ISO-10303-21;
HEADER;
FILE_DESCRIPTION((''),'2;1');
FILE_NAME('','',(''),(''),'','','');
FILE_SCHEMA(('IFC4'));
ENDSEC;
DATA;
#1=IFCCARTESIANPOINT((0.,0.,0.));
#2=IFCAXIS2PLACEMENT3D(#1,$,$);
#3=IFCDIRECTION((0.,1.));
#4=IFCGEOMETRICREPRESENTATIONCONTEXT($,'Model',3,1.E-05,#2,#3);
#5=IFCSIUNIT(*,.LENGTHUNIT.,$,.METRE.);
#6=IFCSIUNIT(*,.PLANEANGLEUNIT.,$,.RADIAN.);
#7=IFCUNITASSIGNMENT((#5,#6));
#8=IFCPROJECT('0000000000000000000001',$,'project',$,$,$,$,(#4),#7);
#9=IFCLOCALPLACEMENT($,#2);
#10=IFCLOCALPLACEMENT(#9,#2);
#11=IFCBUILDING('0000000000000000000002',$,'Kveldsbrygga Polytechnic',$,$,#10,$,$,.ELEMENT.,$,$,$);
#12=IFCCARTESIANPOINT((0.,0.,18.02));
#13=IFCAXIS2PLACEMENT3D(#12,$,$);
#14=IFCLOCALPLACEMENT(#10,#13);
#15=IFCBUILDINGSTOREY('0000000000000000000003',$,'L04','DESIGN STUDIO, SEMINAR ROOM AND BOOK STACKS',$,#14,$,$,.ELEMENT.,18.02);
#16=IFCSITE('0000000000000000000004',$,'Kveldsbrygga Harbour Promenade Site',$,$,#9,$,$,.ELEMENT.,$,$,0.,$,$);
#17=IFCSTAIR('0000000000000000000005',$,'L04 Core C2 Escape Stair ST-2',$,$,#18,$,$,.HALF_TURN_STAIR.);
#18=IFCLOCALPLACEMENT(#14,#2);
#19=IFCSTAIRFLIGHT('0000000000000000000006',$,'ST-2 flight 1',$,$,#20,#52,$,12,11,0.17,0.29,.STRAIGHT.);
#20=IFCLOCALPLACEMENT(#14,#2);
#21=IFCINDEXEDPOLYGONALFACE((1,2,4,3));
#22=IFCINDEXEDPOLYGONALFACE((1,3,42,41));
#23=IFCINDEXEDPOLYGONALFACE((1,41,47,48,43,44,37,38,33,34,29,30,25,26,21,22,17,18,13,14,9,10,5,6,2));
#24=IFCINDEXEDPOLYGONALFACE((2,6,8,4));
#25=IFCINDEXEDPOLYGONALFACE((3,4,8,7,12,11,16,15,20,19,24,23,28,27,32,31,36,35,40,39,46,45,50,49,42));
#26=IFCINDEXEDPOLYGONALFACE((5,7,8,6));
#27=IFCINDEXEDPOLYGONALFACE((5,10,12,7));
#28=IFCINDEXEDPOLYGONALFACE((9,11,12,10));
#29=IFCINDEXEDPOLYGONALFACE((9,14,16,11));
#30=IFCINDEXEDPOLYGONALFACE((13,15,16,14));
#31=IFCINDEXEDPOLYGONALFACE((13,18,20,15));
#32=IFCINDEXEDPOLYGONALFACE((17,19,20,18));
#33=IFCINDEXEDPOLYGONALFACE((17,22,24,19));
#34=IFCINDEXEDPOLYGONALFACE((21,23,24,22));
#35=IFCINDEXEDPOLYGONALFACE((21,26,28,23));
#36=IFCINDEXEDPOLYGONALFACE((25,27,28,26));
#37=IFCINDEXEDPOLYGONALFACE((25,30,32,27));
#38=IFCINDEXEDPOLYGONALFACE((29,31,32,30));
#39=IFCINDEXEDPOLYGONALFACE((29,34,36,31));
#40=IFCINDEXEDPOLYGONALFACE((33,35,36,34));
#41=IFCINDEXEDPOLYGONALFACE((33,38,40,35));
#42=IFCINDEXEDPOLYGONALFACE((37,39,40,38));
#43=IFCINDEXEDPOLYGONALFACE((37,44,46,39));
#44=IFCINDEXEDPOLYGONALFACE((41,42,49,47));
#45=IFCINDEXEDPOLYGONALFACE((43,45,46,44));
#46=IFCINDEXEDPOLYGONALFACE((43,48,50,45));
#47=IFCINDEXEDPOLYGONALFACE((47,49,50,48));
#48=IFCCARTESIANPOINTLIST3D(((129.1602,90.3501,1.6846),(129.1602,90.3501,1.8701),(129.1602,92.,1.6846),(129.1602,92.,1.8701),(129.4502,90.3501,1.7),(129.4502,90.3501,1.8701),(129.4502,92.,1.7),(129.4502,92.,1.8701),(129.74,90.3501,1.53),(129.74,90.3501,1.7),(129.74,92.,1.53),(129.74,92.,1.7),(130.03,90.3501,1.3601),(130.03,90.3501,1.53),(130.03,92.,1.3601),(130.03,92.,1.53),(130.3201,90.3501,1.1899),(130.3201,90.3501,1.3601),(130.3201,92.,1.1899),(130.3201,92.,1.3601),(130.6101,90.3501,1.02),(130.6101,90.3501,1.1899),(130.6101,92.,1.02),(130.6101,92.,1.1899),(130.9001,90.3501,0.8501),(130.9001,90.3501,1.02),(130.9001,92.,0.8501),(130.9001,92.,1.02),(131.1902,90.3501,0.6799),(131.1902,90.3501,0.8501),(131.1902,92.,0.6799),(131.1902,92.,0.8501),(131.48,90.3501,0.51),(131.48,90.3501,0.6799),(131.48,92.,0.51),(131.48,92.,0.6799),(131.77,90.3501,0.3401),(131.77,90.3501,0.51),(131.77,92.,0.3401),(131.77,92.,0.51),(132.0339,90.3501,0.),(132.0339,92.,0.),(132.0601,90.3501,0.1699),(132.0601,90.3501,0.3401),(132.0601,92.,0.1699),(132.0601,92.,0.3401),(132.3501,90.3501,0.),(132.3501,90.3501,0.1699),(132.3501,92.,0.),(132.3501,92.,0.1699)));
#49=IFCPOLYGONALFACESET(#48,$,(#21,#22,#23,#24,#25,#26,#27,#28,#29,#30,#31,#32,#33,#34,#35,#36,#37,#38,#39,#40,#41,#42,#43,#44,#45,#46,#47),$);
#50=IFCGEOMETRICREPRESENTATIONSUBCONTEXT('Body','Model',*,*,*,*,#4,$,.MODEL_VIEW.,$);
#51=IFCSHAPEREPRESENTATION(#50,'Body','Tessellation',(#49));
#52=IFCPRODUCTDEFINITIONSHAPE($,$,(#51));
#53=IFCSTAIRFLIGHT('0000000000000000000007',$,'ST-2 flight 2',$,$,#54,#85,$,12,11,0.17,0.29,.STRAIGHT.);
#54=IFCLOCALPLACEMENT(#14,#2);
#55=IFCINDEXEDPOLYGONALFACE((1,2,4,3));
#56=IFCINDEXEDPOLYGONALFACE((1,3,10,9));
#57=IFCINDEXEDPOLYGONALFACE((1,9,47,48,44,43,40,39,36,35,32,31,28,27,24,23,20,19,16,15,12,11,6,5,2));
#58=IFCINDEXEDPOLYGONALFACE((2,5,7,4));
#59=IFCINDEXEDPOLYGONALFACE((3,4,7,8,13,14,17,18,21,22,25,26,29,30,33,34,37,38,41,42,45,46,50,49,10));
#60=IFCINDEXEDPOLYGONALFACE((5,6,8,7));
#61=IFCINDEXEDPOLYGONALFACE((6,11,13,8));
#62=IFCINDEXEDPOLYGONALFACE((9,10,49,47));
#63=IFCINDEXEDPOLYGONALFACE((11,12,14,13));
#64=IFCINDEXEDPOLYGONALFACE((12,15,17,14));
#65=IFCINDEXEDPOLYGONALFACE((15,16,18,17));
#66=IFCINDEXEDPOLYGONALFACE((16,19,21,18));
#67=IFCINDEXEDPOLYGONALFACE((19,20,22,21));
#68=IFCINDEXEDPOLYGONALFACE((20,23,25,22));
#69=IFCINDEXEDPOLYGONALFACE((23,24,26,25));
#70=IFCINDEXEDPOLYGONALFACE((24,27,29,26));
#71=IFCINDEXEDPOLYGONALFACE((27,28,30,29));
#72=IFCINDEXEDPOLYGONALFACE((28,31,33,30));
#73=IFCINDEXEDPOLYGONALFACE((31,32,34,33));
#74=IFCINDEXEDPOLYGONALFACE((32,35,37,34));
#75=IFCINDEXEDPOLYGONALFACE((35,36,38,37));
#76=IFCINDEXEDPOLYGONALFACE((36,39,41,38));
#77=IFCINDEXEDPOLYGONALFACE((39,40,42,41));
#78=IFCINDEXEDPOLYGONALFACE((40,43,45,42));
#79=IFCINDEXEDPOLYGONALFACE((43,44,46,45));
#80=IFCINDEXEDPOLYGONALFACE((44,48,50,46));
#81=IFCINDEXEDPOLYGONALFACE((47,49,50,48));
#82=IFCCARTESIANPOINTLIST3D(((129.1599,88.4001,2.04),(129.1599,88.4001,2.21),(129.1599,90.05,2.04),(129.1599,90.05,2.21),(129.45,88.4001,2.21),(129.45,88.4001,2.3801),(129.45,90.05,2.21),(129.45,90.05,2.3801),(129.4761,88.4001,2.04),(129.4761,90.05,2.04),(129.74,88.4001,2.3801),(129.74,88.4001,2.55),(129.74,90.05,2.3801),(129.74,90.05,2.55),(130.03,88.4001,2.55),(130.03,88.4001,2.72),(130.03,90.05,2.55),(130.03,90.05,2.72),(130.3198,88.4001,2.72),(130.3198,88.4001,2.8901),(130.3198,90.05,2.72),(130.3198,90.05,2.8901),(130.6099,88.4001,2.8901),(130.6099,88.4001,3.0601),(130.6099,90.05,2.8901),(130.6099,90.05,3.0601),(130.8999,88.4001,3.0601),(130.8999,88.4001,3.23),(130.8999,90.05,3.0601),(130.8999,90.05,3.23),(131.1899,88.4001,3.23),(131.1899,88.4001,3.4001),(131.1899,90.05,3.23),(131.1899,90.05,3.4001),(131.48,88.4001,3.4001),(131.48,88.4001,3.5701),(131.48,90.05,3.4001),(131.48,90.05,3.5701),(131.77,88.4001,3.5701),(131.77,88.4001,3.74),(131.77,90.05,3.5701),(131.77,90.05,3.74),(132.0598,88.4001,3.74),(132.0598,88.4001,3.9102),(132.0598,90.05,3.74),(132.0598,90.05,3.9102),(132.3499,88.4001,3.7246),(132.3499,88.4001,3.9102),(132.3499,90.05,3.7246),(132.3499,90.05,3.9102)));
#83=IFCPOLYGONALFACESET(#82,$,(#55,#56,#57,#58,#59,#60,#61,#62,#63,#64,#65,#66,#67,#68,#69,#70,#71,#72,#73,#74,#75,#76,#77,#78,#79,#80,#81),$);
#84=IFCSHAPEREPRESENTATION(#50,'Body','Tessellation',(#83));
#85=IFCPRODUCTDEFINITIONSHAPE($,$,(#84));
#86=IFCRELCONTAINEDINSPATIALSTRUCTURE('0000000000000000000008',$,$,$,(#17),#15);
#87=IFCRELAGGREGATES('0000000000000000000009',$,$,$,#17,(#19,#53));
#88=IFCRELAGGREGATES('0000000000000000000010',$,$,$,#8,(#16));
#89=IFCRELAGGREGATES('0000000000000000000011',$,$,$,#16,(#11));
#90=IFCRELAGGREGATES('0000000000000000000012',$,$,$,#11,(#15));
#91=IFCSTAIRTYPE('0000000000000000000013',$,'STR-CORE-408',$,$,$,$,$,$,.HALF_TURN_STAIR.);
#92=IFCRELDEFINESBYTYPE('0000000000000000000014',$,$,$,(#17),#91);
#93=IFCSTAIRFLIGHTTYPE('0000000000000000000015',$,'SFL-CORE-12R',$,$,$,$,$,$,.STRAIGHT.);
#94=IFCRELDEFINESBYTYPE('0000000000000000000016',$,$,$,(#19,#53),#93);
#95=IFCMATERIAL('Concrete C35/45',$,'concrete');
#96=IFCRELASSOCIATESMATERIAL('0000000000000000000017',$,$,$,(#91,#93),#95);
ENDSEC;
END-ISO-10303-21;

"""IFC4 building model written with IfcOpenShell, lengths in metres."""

from ifc_helpers import new_model, si_unit, direction, frame, origin, place, context, subcontext, project, spatial, polyline, outline, extrude, material, type_object, element, aggregate, save


model = new_model("IFC4")

# Units and contexts
model_context = context("Model", 3, precision=1e-05, world=origin(), true_north=direction((0.0, 1.0)))
body_context = subcontext(model_context, "Body", "Model", "MODEL_VIEW")
ifc_project = project(units=[si_unit("LENGTHUNIT", "METRE"), si_unit("PLANEANGLEUNIT", "RADIAN")], contexts=[model_context])

# Site, building, storey
site_placement = place(None, origin())
site = spatial("IfcSite", under=ifc_project, at=site_placement, Name="Kveldsbrygga Harbour Promenade Site", CompositionType="ELEMENT", RefElevation=0.0)
building_placement = place(site_placement, origin())
building = spatial("IfcBuilding", under=site, at=building_placement, Name="Kveldsbrygga Polytechnic", CompositionType="ELEMENT")
storey_placement = place(building_placement, frame((0.0, 0.0, 18.02)))
storey = spatial("IfcBuildingStorey", under=building, at=storey_placement, Name="L04", Description="DESIGN STUDIO, SEMINAR ROOM AND BOOK STACKS", CompositionType="ELEMENT", Elevation=18.02)

# Shared definitions
ifc_material_1 = material(Name="Concrete C35/45", Category="concrete")

# Stair, stair flights
stair_type = type_object("IfcStairType", Name="STR-CORE-408", PredefinedType="HALF_TURN_STAIR", material=ifc_material_1)
stair_placement = place(storey_placement, origin())
stair = element("IfcStair", 1, at=stair_placement, inside=storey, type_object=stair_type, Name="L04 Core C2 Escape Stair ST-2", PredefinedType="HALF_TURN_STAIR")
stair_flight_type = type_object("IfcStairFlightType", Name="SFL-CORE-12R", PredefinedType="STRAIGHT", material=ifc_material_1)
stair_flight_1_placement = place(storey_placement, frame((132.3501, 91.175, 0.0), z_axis=(0.0, 0.0, 1.0), x_axis=(-1.0, 0.0, 0.0)))
stair_flight_1 = element("IfcStairFlight", 2, at=stair_flight_1_placement, type_object=stair_flight_type, Name="ST-2 flight 1", NumberOfRisers=12, NumberOfTreads=11, PredefinedType="STRAIGHT", RiserHeight=0.17, TreadLength=0.29, context=body_context, shape_type="SweptSolid", body=[
    extrude(outline(polyline([(0.0, 0.0), (0.0, 0.1699), (0.29, 0.1699), (0.29, 0.3401), (0.5801, 0.3401), (0.5801, 0.51), (0.8701, 0.51), (0.8701, 0.6799), (1.1599, 0.6799), (1.1599, 0.8501), (1.45, 0.8501), (1.45, 1.02), (1.74, 1.02), (1.74, 1.1899), (2.03, 1.1899), (2.03, 1.3601), (2.3201, 1.3601), (2.3201, 1.53), (2.6101, 1.53), (2.6101, 1.7), (2.8999, 1.7), (2.8999, 1.8701), (3.1899, 1.8701), (3.1899, 2.04), (3.1899, 1.6846), (0.3162, 0.0), (0.0, 0.0)])), frame((0.0, 0.825, 0.0), z_axis=(0.0, -1.0, 0.0), x_axis=(1.0, 0.0, 0.0)), (0.0, 0.0, 1.0), 1.6499),
])
stair_flight_2_placement = place(storey_placement, frame((129.1599, 89.2251, 2.04), z_axis=(0.0, 0.0, 1.0), x_axis=(1.0, 0.0, 0.0)))
stair_flight_2 = element("IfcStairFlight", 3, at=stair_flight_2_placement, type_object=stair_flight_type, Name="ST-2 flight 2", NumberOfRisers=12, NumberOfTreads=11, PredefinedType="STRAIGHT", RiserHeight=0.17, TreadLength=0.29, context=body_context, shape_type="SweptSolid", body=[
    extrude(outline(polyline([(0.0, 0.0), (0.0, 0.1699), (0.29, 0.1699), (0.29, 0.3401), (0.5801, 0.3401), (0.5801, 0.51), (0.8701, 0.51), (0.8701, 0.6799), (1.1599, 0.6799), (1.1599, 0.8501), (1.45, 0.8501), (1.45, 1.02), (1.74, 1.02), (1.74, 1.1899), (2.03, 1.1899), (2.03, 1.3601), (2.3201, 1.3601), (2.3201, 1.53), (2.6101, 1.53), (2.6101, 1.7), (2.8999, 1.7), (2.8999, 1.8701), (3.1899, 1.8701), (3.1899, 2.04), (3.1899, 1.6846), (0.3162, 0.0), (0.0, 0.0)])), frame((0.0, 0.825, 0.0), z_axis=(0.0, -1.0, 0.0), x_axis=(1.0, 0.0, 0.0)), (0.0, 0.0, 1.0), 1.6499),
])
aggregate(stair, [stair_flight_1, stair_flight_2])

save(model, "model.ifc")
